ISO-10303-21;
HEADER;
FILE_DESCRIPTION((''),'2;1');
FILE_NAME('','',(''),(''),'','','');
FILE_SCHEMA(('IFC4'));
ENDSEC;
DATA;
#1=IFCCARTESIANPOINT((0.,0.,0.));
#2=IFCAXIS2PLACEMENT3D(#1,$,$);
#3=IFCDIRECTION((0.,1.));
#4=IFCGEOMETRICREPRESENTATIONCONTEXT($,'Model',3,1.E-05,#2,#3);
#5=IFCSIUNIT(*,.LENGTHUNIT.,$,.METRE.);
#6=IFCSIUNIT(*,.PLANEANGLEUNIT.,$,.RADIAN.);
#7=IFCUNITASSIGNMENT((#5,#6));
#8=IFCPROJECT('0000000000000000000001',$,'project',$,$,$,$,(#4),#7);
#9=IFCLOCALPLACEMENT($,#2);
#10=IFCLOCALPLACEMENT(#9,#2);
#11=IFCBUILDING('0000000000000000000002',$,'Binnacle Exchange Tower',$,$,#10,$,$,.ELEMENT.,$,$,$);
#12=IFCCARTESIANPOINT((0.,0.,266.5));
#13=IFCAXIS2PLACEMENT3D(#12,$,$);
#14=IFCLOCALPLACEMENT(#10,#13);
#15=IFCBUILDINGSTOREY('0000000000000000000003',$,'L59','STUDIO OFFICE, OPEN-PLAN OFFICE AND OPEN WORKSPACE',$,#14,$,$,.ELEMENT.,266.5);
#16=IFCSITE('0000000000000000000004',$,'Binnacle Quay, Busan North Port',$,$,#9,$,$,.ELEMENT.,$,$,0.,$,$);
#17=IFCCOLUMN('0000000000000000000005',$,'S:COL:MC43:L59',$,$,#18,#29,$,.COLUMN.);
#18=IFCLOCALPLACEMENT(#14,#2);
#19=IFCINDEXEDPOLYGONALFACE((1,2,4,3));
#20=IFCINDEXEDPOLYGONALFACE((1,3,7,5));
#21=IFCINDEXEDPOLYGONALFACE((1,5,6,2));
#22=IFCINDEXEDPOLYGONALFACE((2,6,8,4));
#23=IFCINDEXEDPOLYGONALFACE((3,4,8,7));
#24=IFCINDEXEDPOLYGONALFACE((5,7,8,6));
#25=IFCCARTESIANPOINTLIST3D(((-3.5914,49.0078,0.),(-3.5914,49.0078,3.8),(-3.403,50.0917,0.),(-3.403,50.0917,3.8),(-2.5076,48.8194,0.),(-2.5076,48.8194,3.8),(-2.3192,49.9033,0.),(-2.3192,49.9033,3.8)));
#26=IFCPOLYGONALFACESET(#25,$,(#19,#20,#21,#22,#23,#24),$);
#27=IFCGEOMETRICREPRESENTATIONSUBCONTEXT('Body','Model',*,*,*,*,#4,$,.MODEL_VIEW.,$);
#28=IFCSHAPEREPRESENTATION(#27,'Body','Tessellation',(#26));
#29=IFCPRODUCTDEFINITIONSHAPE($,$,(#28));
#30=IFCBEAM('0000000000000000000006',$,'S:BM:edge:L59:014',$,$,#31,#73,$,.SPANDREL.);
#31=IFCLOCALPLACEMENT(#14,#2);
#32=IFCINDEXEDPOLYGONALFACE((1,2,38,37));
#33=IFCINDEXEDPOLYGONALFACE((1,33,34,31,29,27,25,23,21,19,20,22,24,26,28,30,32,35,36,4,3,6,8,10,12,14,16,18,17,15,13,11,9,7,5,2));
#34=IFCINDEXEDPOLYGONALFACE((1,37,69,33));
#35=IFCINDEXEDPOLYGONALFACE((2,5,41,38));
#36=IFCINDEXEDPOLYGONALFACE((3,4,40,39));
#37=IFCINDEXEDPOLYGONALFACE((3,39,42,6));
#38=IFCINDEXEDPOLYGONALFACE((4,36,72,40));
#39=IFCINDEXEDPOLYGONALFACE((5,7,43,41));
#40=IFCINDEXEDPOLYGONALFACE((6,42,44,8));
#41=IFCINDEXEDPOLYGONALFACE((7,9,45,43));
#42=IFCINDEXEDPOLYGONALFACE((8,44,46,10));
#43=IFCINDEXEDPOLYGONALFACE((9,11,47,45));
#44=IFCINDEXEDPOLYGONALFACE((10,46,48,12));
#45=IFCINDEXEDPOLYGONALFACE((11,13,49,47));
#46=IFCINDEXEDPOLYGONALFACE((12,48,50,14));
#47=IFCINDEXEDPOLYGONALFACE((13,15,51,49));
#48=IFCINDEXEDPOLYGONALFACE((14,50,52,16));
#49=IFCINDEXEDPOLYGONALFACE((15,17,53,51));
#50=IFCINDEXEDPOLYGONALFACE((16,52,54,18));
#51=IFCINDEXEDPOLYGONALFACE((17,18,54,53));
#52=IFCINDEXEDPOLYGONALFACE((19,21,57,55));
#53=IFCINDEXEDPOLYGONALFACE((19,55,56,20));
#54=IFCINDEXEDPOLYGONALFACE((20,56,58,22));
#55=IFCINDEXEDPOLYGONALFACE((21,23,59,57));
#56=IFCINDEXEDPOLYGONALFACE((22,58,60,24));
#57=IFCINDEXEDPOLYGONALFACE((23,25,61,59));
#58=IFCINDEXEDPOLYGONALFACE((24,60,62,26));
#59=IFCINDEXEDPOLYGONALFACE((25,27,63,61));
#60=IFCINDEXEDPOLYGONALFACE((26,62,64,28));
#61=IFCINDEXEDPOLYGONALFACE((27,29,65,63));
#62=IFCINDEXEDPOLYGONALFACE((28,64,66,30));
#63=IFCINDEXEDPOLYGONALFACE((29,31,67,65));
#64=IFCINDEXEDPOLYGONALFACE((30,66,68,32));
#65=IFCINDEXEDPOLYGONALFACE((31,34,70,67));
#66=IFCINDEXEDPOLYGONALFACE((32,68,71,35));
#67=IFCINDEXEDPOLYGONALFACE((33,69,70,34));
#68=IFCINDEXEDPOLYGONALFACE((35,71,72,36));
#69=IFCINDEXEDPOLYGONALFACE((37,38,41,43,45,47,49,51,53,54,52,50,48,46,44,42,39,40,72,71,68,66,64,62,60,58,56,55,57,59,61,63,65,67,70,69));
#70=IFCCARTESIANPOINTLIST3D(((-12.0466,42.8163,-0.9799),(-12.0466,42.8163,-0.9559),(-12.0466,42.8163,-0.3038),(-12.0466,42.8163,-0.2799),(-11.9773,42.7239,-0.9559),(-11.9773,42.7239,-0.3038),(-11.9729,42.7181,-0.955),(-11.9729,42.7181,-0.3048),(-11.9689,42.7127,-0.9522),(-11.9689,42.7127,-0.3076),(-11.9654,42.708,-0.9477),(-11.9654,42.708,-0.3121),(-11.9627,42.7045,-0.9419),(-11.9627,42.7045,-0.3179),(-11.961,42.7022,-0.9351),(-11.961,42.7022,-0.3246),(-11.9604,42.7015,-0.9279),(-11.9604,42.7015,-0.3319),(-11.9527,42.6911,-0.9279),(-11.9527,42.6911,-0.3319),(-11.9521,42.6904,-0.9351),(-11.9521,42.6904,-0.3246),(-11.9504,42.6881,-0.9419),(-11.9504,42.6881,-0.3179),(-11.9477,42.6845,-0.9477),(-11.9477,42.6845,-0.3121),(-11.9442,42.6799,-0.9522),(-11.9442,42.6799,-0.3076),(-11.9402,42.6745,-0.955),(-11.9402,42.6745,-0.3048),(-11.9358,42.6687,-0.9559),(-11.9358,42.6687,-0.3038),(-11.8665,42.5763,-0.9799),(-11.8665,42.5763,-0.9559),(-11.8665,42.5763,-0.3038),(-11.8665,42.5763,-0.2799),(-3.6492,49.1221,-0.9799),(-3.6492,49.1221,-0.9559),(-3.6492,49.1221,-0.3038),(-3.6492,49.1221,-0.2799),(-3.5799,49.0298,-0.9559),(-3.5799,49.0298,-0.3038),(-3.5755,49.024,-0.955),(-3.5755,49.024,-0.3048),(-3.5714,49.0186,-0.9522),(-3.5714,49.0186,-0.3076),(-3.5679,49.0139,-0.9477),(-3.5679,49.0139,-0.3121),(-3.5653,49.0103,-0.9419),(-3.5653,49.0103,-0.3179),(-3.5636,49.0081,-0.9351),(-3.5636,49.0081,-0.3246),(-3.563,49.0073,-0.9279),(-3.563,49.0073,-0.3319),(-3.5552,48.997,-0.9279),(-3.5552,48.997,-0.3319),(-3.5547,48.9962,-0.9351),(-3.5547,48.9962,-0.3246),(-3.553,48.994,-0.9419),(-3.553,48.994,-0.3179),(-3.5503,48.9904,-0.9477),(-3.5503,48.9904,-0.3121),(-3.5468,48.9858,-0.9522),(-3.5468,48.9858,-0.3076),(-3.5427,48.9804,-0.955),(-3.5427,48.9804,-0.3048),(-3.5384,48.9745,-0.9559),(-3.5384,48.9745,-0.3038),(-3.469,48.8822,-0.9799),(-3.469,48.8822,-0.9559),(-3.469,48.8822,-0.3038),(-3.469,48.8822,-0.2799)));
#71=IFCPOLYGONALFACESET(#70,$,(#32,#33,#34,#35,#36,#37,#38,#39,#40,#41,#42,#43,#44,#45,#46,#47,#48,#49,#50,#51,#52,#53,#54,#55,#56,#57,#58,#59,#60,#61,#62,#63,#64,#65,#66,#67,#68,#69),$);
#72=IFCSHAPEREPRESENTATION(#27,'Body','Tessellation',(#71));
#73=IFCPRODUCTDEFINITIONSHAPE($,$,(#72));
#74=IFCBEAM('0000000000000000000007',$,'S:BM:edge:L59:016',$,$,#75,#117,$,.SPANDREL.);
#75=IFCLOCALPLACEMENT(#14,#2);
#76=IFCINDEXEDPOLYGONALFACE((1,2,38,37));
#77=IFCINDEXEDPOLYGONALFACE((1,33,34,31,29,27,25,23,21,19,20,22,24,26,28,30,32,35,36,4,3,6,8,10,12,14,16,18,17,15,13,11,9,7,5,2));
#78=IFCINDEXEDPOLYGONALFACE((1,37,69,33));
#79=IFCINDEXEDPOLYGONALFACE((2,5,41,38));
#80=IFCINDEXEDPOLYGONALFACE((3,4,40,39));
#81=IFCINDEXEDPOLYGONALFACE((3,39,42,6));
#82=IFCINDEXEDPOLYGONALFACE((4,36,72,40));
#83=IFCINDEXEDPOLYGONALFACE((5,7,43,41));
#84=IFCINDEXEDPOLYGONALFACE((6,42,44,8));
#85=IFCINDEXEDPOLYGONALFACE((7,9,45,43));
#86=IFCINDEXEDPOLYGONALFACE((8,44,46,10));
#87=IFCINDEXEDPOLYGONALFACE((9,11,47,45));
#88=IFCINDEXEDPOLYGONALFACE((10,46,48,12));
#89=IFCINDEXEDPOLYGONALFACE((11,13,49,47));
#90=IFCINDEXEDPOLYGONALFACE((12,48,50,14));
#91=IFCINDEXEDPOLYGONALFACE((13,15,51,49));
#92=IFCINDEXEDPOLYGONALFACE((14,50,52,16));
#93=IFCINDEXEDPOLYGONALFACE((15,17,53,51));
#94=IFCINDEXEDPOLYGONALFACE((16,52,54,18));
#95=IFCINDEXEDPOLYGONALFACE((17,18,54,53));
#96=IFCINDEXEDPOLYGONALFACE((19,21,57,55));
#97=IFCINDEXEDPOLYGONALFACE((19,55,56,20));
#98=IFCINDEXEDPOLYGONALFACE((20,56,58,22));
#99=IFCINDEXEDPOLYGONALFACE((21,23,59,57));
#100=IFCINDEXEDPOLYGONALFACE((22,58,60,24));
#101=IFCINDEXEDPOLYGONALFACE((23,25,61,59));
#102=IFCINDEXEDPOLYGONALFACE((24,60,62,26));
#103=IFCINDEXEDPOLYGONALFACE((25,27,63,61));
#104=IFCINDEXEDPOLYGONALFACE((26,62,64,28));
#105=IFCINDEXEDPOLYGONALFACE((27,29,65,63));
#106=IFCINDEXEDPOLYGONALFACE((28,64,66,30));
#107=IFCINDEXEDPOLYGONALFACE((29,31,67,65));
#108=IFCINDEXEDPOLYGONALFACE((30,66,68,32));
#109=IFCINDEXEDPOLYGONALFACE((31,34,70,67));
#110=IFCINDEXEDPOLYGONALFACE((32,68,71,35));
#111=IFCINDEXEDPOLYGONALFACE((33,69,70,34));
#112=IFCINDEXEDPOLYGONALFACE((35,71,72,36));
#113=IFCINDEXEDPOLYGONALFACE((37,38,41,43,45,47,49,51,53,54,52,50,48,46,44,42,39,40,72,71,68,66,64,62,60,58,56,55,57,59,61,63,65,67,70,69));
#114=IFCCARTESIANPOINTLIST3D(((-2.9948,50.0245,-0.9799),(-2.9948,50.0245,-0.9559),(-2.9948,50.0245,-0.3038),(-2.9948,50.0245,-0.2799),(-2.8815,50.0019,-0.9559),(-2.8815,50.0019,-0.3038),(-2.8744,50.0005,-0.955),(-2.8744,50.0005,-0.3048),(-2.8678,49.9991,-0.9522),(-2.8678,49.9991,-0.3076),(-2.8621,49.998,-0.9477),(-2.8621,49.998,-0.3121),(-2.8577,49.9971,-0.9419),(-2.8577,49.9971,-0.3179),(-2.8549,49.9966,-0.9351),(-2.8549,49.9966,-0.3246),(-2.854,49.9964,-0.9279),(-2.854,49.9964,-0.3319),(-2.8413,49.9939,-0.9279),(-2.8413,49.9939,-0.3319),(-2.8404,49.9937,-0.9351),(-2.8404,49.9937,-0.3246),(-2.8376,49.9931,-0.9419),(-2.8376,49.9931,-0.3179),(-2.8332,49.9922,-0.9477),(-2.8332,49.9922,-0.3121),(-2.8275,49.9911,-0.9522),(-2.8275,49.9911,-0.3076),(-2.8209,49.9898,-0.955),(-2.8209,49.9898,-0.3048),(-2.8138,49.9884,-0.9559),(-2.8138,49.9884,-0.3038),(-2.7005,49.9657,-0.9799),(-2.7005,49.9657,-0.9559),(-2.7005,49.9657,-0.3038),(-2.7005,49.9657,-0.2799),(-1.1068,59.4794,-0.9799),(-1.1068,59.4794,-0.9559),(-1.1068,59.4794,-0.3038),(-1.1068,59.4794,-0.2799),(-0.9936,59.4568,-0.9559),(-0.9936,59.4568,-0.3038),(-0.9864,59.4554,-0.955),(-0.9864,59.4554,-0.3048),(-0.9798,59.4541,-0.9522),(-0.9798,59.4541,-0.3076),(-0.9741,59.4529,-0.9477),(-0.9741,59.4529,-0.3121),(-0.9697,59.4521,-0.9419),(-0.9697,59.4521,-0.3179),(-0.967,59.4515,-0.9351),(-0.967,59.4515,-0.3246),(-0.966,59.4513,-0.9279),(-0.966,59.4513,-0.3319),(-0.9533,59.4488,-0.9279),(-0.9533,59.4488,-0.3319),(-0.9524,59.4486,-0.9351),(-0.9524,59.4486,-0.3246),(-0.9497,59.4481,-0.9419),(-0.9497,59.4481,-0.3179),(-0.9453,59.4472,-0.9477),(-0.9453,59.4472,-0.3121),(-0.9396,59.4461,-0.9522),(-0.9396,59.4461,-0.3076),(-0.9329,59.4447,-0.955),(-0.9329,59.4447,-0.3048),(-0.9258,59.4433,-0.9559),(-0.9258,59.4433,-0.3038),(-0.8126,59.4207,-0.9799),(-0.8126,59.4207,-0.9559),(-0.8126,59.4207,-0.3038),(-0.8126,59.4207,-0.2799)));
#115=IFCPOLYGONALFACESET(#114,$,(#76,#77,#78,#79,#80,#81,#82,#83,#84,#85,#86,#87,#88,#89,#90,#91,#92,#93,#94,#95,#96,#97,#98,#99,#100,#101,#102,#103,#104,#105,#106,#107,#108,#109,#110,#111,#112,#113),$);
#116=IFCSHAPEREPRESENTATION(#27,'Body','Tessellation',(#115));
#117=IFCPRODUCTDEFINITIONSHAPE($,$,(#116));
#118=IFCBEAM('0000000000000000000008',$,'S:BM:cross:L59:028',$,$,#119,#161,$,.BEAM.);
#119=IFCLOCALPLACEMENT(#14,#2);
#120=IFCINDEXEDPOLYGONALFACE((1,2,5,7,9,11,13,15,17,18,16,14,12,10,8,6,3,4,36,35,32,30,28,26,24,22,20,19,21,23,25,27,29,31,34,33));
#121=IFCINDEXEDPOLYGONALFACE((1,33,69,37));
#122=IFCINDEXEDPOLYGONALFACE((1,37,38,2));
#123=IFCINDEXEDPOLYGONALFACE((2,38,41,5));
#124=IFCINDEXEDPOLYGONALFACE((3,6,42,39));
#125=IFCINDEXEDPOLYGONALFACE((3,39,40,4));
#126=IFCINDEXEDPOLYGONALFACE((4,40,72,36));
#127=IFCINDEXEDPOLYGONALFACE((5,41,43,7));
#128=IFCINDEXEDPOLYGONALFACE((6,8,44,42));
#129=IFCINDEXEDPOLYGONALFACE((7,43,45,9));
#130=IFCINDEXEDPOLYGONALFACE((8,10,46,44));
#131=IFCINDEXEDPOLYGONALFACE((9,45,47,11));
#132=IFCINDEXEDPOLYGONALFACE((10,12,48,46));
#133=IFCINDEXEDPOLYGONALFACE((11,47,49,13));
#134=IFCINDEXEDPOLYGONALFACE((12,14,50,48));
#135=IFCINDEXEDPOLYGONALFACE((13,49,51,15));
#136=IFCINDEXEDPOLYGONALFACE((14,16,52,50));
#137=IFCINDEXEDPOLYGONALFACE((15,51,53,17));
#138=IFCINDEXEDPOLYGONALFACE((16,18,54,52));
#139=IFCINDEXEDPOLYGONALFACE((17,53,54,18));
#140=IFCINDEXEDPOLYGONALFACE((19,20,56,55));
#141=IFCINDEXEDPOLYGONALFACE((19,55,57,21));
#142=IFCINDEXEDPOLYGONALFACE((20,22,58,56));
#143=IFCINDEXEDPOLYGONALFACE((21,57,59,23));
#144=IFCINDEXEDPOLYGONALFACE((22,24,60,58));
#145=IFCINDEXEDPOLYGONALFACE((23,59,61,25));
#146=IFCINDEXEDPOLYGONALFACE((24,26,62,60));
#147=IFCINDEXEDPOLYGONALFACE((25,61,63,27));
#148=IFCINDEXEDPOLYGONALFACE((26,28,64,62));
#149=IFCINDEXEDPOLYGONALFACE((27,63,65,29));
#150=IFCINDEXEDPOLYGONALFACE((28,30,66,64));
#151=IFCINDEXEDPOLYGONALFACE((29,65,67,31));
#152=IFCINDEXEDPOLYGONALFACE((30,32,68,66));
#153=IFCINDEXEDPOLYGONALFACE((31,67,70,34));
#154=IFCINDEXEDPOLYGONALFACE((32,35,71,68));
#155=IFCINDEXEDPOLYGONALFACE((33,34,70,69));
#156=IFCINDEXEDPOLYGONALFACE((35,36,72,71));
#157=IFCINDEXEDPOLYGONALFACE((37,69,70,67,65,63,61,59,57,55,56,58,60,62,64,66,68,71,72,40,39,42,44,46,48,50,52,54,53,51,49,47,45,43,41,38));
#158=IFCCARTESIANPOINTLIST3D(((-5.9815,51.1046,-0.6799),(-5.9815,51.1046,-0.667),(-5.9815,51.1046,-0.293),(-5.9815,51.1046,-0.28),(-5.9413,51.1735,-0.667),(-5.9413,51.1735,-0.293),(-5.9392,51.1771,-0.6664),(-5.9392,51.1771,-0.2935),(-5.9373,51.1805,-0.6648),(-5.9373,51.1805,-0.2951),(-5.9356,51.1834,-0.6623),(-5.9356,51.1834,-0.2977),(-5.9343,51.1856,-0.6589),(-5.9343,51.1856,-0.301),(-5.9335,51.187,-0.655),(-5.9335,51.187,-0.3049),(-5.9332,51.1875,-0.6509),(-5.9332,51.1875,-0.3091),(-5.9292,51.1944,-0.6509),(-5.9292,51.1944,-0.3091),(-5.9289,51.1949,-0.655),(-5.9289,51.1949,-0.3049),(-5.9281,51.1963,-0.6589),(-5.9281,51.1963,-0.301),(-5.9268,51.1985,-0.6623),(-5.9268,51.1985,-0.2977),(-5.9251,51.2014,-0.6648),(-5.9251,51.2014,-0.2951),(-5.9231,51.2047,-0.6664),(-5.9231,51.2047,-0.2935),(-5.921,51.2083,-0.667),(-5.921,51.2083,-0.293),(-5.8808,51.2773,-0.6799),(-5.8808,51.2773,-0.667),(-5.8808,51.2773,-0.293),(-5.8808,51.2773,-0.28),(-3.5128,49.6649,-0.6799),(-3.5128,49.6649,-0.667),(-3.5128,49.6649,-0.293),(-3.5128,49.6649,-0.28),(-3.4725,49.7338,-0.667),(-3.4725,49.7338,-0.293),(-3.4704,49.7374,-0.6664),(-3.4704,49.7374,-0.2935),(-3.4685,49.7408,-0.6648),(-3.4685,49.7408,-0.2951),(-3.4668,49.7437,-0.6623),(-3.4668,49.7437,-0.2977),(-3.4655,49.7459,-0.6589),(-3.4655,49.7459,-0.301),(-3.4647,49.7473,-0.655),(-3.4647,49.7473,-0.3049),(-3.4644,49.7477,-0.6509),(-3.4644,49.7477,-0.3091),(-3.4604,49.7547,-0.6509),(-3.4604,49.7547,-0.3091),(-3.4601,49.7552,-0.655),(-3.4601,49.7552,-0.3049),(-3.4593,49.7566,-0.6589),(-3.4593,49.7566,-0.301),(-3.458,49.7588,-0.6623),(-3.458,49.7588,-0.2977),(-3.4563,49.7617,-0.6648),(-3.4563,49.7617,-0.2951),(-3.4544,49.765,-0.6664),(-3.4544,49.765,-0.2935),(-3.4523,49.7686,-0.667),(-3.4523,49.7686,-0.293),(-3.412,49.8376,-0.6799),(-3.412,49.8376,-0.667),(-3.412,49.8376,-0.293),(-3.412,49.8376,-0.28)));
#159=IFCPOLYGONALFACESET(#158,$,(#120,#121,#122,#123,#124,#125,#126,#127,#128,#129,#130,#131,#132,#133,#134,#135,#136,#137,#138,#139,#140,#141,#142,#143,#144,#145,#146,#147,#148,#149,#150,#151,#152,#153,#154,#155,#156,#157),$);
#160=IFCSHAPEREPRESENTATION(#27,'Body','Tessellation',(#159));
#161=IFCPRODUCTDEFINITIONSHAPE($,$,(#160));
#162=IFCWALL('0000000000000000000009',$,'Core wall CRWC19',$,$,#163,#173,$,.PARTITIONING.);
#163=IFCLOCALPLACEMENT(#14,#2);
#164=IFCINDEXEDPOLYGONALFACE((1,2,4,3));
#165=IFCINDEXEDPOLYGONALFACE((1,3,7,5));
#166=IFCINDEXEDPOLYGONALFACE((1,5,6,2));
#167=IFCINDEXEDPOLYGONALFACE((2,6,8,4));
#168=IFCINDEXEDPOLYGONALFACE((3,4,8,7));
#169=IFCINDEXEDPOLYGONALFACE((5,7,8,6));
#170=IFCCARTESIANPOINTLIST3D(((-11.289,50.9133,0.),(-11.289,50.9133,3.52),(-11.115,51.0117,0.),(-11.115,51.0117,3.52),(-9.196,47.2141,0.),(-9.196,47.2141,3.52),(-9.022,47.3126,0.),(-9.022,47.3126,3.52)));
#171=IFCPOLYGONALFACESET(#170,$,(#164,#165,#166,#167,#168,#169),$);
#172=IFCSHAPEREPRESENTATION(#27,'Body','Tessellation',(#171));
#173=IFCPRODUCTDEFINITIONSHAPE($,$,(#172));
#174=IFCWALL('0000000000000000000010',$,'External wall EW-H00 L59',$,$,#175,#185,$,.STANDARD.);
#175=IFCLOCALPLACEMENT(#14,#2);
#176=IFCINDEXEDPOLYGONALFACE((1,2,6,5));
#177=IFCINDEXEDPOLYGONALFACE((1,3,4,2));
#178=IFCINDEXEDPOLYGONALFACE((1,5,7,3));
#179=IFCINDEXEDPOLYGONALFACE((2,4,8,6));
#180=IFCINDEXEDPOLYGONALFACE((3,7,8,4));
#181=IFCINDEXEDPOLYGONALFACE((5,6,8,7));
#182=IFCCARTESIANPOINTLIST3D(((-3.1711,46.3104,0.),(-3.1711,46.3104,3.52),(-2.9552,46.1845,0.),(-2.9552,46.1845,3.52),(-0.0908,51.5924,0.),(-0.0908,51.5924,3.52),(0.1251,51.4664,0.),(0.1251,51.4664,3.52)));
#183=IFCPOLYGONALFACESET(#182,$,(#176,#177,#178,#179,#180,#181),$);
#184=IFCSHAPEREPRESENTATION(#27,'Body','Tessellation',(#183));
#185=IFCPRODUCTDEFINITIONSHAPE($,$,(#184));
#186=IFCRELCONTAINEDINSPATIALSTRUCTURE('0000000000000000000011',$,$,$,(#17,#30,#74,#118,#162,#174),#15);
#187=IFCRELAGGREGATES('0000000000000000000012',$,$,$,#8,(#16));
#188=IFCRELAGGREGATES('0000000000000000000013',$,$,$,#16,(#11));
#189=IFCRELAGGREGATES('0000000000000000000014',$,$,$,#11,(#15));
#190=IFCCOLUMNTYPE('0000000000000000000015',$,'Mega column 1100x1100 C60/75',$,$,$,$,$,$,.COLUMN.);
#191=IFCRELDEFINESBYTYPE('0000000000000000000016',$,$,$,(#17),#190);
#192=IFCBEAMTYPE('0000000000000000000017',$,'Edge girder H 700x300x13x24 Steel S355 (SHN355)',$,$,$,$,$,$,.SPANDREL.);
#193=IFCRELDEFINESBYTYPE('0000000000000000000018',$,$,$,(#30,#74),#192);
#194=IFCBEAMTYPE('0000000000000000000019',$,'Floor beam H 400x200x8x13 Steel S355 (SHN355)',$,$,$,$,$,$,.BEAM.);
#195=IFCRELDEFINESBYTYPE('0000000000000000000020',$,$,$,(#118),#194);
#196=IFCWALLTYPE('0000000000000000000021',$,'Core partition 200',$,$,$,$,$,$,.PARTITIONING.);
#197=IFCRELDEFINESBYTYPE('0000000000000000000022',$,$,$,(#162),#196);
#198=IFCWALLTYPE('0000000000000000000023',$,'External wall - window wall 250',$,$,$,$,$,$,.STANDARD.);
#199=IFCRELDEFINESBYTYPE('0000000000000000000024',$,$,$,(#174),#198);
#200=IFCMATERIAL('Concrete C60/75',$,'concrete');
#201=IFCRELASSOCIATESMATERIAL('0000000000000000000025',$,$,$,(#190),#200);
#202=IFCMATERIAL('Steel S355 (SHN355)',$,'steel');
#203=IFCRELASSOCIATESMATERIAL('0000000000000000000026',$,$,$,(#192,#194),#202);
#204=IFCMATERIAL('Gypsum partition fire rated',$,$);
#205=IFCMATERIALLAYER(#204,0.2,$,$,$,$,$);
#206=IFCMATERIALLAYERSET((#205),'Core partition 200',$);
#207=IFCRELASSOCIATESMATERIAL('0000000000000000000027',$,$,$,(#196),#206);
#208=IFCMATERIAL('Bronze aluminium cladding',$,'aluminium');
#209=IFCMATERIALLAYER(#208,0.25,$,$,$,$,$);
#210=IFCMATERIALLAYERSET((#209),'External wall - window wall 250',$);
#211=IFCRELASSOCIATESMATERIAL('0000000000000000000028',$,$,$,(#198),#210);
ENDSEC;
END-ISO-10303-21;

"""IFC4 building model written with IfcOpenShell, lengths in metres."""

from ifc_helpers import new_model, si_unit, direction, frame, frame_2d, origin, origin_2d, place, context, subcontext, project, spatial, rectangle, i_section, extrude, material, layer, layer_set, material_profile, profile_set, type_object, element, save


model = new_model("IFC4")

# Units and contexts
model_context = context("Model", 3, precision=1e-05, world=origin(), true_north=direction((0.0, 1.0)))
body_context = subcontext(model_context, "Body", "Model", "MODEL_VIEW")
ifc_project = project(units=[si_unit("LENGTHUNIT", "METRE"), si_unit("PLANEANGLEUNIT", "RADIAN")], contexts=[model_context])

# Site, building, storey
site_placement = place(None, origin())
site = spatial("IfcSite", under=ifc_project, at=site_placement, Name="Binnacle Quay, Busan North Port", CompositionType="ELEMENT", RefElevation=0.0)
building_placement = place(site_placement, origin())
building = spatial("IfcBuilding", under=site, at=building_placement, Name="Binnacle Exchange Tower", CompositionType="ELEMENT")
storey_placement = place(building_placement, frame((0.0, 0.0, 266.5)))
storey = spatial("IfcBuildingStorey", under=building, at=storey_placement, Name="L59", Description="STUDIO OFFICE, OPEN-PLAN OFFICE AND OPEN WORKSPACE", CompositionType="ELEMENT", Elevation=266.5)

# Column
ifc_material_1 = material(Name="Concrete C60/75", Category="concrete")
ifc_material_profile_1 = material_profile(ifc_material_1, rectangle(XDim=1.1001, YDim=1.1001, at=origin_2d()), Name="Mega column 1100x1100 C60/75")
ifc_profile_set_1 = profile_set([ifc_material_profile_1], Name="Concrete C60/75")
column_type = type_object("IfcColumnType", Name="Mega column 1100x1100 C60/75", PredefinedType="COLUMN", material=ifc_profile_set_1)
column_placement = place(storey_placement, frame((-2.9553, 49.4556, 0.0), z_axis=(0.0, 0.0, 1.0), x_axis=(-0.985226, 0.171259, 0.0)))
element("IfcColumn", 1, at=column_placement, inside=storey, type_object=column_type, Name="S:COL:MC43:L59", PredefinedType="COLUMN", context=body_context, shape_type="SweptSolid", body=[
    extrude(rectangle(XDim=1.1001, YDim=1.1001, at=origin_2d()), origin(), (0.0, 0.0, 1.0), 3.8),
])

# Beams
ifc_material_2 = material(Name="Steel S355 (SHN355)", Category="steel")
ifc_material_profile_2 = material_profile(ifc_material_2, i_section(OverallWidth=0.3, OverallDepth=0.7, WebThickness=0.0129, FlangeThickness=0.0239, FilletRadius=0.0281, at=origin_2d()), Name="H 700x300x13x24")
ifc_profile_set_2 = profile_set([ifc_material_profile_2], Name="Steel S355 (SHN355)")
beam_type_1 = type_object("IfcBeamType", Name="Edge girder H 700x300x13x24 Steel S355 (SHN355)", PredefinedType="SPANDREL", material=ifc_profile_set_2)
beam_1_placement = place(storey_placement, frame((-11.9565, 42.6963, -0.6299), z_axis=(0.799643, 0.600476, 0.0), x_axis=(-0.600476, 0.799643, 0.0)))
element("IfcBeam", 2, at=beam_1_placement, inside=storey, type_object=beam_type_1, Name="S:BM:edge:L59:014", PredefinedType="SPANDREL", context=body_context, shape_type="SweptSolid", body=[
    extrude(i_section(OverallWidth=0.3, OverallDepth=0.7, WebThickness=0.0129, FlangeThickness=0.0239, FilletRadius=0.0281, at=origin_2d()), origin(), (0.0, 0.0, 1.0), 10.5015),
])
beam_2_placement = place(storey_placement, frame((-2.8477, 49.9951, -0.6299), z_axis=(0.195814, 0.980641, 0.0), x_axis=(-0.980641, 0.195814, 0.0)))
element("IfcBeam", 3, at=beam_2_placement, inside=storey, type_object=beam_type_1, Name="S:BM:edge:L59:016", PredefinedType="SPANDREL", context=body_context, shape_type="SweptSolid", body=[
    extrude(i_section(OverallWidth=0.3, OverallDepth=0.7, WebThickness=0.0129, FlangeThickness=0.0239, FilletRadius=0.0281, at=origin_2d()), origin(), (0.0, 0.0, 1.0), 9.6416),
])
ifc_material_profile_3 = material_profile(ifc_material_2, i_section(OverallWidth=0.2, OverallDepth=0.3999, WebThickness=0.0081, FlangeThickness=0.0129, FilletRadius=0.0161, at=origin_2d()), Name="H 400x200x8x13")
ifc_profile_set_3 = profile_set([ifc_material_profile_3], Name="Steel S355 (SHN355)")
beam_type_2 = type_object("IfcBeamType", Name="Floor beam H 400x200x8x13 Steel S355 (SHN355)", PredefinedType="BEAM", material=ifc_profile_set_3)
beam_3_placement = place(storey_placement, frame((-3.4624, 49.7512, -0.48), z_axis=(-0.863841, 0.503765, 0.0), x_axis=(-0.503765, -0.863841, 0.0)))
element("IfcBeam", 4, at=beam_3_placement, inside=storey, type_object=beam_type_2, Name="S:BM:cross:L59:028", PredefinedType="BEAM", context=body_context, shape_type="SweptSolid", body=[
    extrude(i_section(OverallWidth=0.2, OverallDepth=0.3999, WebThickness=0.0081, FlangeThickness=0.0129, FilletRadius=0.0161, at=origin_2d()), origin(), (0.0, 0.0, 1.0), 2.8579),
])

# Walls
ifc_material_3 = material(Name="Gypsum partition fire rated")
ifc_layer_1 = layer(ifc_material_3, 0.2)
ifc_layer_set_1 = layer_set([ifc_layer_1], Name="Core partition 200")
wall_type_1 = type_object("IfcWallType", Name="Core partition 200", PredefinedType="PARTITIONING", material=ifc_layer_set_1)
wall_1_placement = place(storey_placement, frame((-11.2019, 50.9624, 0.0), z_axis=(0.0, 0.0, 1.0), x_axis=(0.492441, -0.870346, 0.0)))
element("IfcWall", 5, at=wall_1_placement, inside=storey, type_object=wall_type_1, Name="Core wall CRWC19", PredefinedType="PARTITIONING", context=body_context, shape_type="SweptSolid", body=[
    extrude(rectangle(XDim=4.2502, YDim=0.2, at=frame_2d((2.125, 0.0))), origin(), (0.0, 0.0, 1.0), 3.52),
])
ifc_material_4 = material(Name="Bronze aluminium cladding", Category="aluminium")
ifc_layer_2 = layer(ifc_material_4, 0.25)
ifc_layer_set_2 = layer_set([ifc_layer_2], Name="External wall - window wall 250")
wall_type_2 = type_object("IfcWallType", Name="External wall - window wall 250", PredefinedType="STANDARD", material=ifc_layer_set_2)
wall_2_placement = place(storey_placement, frame((0.0171, 51.5293, 0.0), z_axis=(0.0, 0.0, 1.0), x_axis=(-0.503769, -0.863838, 0.0)))
element("IfcWall", 6, at=wall_2_placement, inside=storey, type_object=wall_type_2, Name="External wall EW-H00 L59", PredefinedType="STANDARD", context=body_context, shape_type="SweptSolid", body=[
    extrude(rectangle(XDim=6.1145, YDim=0.25, at=frame_2d((3.0571, 0.0))), origin(), (0.0, 0.0, 1.0), 3.52),
])

save(model, "model.ifc")
